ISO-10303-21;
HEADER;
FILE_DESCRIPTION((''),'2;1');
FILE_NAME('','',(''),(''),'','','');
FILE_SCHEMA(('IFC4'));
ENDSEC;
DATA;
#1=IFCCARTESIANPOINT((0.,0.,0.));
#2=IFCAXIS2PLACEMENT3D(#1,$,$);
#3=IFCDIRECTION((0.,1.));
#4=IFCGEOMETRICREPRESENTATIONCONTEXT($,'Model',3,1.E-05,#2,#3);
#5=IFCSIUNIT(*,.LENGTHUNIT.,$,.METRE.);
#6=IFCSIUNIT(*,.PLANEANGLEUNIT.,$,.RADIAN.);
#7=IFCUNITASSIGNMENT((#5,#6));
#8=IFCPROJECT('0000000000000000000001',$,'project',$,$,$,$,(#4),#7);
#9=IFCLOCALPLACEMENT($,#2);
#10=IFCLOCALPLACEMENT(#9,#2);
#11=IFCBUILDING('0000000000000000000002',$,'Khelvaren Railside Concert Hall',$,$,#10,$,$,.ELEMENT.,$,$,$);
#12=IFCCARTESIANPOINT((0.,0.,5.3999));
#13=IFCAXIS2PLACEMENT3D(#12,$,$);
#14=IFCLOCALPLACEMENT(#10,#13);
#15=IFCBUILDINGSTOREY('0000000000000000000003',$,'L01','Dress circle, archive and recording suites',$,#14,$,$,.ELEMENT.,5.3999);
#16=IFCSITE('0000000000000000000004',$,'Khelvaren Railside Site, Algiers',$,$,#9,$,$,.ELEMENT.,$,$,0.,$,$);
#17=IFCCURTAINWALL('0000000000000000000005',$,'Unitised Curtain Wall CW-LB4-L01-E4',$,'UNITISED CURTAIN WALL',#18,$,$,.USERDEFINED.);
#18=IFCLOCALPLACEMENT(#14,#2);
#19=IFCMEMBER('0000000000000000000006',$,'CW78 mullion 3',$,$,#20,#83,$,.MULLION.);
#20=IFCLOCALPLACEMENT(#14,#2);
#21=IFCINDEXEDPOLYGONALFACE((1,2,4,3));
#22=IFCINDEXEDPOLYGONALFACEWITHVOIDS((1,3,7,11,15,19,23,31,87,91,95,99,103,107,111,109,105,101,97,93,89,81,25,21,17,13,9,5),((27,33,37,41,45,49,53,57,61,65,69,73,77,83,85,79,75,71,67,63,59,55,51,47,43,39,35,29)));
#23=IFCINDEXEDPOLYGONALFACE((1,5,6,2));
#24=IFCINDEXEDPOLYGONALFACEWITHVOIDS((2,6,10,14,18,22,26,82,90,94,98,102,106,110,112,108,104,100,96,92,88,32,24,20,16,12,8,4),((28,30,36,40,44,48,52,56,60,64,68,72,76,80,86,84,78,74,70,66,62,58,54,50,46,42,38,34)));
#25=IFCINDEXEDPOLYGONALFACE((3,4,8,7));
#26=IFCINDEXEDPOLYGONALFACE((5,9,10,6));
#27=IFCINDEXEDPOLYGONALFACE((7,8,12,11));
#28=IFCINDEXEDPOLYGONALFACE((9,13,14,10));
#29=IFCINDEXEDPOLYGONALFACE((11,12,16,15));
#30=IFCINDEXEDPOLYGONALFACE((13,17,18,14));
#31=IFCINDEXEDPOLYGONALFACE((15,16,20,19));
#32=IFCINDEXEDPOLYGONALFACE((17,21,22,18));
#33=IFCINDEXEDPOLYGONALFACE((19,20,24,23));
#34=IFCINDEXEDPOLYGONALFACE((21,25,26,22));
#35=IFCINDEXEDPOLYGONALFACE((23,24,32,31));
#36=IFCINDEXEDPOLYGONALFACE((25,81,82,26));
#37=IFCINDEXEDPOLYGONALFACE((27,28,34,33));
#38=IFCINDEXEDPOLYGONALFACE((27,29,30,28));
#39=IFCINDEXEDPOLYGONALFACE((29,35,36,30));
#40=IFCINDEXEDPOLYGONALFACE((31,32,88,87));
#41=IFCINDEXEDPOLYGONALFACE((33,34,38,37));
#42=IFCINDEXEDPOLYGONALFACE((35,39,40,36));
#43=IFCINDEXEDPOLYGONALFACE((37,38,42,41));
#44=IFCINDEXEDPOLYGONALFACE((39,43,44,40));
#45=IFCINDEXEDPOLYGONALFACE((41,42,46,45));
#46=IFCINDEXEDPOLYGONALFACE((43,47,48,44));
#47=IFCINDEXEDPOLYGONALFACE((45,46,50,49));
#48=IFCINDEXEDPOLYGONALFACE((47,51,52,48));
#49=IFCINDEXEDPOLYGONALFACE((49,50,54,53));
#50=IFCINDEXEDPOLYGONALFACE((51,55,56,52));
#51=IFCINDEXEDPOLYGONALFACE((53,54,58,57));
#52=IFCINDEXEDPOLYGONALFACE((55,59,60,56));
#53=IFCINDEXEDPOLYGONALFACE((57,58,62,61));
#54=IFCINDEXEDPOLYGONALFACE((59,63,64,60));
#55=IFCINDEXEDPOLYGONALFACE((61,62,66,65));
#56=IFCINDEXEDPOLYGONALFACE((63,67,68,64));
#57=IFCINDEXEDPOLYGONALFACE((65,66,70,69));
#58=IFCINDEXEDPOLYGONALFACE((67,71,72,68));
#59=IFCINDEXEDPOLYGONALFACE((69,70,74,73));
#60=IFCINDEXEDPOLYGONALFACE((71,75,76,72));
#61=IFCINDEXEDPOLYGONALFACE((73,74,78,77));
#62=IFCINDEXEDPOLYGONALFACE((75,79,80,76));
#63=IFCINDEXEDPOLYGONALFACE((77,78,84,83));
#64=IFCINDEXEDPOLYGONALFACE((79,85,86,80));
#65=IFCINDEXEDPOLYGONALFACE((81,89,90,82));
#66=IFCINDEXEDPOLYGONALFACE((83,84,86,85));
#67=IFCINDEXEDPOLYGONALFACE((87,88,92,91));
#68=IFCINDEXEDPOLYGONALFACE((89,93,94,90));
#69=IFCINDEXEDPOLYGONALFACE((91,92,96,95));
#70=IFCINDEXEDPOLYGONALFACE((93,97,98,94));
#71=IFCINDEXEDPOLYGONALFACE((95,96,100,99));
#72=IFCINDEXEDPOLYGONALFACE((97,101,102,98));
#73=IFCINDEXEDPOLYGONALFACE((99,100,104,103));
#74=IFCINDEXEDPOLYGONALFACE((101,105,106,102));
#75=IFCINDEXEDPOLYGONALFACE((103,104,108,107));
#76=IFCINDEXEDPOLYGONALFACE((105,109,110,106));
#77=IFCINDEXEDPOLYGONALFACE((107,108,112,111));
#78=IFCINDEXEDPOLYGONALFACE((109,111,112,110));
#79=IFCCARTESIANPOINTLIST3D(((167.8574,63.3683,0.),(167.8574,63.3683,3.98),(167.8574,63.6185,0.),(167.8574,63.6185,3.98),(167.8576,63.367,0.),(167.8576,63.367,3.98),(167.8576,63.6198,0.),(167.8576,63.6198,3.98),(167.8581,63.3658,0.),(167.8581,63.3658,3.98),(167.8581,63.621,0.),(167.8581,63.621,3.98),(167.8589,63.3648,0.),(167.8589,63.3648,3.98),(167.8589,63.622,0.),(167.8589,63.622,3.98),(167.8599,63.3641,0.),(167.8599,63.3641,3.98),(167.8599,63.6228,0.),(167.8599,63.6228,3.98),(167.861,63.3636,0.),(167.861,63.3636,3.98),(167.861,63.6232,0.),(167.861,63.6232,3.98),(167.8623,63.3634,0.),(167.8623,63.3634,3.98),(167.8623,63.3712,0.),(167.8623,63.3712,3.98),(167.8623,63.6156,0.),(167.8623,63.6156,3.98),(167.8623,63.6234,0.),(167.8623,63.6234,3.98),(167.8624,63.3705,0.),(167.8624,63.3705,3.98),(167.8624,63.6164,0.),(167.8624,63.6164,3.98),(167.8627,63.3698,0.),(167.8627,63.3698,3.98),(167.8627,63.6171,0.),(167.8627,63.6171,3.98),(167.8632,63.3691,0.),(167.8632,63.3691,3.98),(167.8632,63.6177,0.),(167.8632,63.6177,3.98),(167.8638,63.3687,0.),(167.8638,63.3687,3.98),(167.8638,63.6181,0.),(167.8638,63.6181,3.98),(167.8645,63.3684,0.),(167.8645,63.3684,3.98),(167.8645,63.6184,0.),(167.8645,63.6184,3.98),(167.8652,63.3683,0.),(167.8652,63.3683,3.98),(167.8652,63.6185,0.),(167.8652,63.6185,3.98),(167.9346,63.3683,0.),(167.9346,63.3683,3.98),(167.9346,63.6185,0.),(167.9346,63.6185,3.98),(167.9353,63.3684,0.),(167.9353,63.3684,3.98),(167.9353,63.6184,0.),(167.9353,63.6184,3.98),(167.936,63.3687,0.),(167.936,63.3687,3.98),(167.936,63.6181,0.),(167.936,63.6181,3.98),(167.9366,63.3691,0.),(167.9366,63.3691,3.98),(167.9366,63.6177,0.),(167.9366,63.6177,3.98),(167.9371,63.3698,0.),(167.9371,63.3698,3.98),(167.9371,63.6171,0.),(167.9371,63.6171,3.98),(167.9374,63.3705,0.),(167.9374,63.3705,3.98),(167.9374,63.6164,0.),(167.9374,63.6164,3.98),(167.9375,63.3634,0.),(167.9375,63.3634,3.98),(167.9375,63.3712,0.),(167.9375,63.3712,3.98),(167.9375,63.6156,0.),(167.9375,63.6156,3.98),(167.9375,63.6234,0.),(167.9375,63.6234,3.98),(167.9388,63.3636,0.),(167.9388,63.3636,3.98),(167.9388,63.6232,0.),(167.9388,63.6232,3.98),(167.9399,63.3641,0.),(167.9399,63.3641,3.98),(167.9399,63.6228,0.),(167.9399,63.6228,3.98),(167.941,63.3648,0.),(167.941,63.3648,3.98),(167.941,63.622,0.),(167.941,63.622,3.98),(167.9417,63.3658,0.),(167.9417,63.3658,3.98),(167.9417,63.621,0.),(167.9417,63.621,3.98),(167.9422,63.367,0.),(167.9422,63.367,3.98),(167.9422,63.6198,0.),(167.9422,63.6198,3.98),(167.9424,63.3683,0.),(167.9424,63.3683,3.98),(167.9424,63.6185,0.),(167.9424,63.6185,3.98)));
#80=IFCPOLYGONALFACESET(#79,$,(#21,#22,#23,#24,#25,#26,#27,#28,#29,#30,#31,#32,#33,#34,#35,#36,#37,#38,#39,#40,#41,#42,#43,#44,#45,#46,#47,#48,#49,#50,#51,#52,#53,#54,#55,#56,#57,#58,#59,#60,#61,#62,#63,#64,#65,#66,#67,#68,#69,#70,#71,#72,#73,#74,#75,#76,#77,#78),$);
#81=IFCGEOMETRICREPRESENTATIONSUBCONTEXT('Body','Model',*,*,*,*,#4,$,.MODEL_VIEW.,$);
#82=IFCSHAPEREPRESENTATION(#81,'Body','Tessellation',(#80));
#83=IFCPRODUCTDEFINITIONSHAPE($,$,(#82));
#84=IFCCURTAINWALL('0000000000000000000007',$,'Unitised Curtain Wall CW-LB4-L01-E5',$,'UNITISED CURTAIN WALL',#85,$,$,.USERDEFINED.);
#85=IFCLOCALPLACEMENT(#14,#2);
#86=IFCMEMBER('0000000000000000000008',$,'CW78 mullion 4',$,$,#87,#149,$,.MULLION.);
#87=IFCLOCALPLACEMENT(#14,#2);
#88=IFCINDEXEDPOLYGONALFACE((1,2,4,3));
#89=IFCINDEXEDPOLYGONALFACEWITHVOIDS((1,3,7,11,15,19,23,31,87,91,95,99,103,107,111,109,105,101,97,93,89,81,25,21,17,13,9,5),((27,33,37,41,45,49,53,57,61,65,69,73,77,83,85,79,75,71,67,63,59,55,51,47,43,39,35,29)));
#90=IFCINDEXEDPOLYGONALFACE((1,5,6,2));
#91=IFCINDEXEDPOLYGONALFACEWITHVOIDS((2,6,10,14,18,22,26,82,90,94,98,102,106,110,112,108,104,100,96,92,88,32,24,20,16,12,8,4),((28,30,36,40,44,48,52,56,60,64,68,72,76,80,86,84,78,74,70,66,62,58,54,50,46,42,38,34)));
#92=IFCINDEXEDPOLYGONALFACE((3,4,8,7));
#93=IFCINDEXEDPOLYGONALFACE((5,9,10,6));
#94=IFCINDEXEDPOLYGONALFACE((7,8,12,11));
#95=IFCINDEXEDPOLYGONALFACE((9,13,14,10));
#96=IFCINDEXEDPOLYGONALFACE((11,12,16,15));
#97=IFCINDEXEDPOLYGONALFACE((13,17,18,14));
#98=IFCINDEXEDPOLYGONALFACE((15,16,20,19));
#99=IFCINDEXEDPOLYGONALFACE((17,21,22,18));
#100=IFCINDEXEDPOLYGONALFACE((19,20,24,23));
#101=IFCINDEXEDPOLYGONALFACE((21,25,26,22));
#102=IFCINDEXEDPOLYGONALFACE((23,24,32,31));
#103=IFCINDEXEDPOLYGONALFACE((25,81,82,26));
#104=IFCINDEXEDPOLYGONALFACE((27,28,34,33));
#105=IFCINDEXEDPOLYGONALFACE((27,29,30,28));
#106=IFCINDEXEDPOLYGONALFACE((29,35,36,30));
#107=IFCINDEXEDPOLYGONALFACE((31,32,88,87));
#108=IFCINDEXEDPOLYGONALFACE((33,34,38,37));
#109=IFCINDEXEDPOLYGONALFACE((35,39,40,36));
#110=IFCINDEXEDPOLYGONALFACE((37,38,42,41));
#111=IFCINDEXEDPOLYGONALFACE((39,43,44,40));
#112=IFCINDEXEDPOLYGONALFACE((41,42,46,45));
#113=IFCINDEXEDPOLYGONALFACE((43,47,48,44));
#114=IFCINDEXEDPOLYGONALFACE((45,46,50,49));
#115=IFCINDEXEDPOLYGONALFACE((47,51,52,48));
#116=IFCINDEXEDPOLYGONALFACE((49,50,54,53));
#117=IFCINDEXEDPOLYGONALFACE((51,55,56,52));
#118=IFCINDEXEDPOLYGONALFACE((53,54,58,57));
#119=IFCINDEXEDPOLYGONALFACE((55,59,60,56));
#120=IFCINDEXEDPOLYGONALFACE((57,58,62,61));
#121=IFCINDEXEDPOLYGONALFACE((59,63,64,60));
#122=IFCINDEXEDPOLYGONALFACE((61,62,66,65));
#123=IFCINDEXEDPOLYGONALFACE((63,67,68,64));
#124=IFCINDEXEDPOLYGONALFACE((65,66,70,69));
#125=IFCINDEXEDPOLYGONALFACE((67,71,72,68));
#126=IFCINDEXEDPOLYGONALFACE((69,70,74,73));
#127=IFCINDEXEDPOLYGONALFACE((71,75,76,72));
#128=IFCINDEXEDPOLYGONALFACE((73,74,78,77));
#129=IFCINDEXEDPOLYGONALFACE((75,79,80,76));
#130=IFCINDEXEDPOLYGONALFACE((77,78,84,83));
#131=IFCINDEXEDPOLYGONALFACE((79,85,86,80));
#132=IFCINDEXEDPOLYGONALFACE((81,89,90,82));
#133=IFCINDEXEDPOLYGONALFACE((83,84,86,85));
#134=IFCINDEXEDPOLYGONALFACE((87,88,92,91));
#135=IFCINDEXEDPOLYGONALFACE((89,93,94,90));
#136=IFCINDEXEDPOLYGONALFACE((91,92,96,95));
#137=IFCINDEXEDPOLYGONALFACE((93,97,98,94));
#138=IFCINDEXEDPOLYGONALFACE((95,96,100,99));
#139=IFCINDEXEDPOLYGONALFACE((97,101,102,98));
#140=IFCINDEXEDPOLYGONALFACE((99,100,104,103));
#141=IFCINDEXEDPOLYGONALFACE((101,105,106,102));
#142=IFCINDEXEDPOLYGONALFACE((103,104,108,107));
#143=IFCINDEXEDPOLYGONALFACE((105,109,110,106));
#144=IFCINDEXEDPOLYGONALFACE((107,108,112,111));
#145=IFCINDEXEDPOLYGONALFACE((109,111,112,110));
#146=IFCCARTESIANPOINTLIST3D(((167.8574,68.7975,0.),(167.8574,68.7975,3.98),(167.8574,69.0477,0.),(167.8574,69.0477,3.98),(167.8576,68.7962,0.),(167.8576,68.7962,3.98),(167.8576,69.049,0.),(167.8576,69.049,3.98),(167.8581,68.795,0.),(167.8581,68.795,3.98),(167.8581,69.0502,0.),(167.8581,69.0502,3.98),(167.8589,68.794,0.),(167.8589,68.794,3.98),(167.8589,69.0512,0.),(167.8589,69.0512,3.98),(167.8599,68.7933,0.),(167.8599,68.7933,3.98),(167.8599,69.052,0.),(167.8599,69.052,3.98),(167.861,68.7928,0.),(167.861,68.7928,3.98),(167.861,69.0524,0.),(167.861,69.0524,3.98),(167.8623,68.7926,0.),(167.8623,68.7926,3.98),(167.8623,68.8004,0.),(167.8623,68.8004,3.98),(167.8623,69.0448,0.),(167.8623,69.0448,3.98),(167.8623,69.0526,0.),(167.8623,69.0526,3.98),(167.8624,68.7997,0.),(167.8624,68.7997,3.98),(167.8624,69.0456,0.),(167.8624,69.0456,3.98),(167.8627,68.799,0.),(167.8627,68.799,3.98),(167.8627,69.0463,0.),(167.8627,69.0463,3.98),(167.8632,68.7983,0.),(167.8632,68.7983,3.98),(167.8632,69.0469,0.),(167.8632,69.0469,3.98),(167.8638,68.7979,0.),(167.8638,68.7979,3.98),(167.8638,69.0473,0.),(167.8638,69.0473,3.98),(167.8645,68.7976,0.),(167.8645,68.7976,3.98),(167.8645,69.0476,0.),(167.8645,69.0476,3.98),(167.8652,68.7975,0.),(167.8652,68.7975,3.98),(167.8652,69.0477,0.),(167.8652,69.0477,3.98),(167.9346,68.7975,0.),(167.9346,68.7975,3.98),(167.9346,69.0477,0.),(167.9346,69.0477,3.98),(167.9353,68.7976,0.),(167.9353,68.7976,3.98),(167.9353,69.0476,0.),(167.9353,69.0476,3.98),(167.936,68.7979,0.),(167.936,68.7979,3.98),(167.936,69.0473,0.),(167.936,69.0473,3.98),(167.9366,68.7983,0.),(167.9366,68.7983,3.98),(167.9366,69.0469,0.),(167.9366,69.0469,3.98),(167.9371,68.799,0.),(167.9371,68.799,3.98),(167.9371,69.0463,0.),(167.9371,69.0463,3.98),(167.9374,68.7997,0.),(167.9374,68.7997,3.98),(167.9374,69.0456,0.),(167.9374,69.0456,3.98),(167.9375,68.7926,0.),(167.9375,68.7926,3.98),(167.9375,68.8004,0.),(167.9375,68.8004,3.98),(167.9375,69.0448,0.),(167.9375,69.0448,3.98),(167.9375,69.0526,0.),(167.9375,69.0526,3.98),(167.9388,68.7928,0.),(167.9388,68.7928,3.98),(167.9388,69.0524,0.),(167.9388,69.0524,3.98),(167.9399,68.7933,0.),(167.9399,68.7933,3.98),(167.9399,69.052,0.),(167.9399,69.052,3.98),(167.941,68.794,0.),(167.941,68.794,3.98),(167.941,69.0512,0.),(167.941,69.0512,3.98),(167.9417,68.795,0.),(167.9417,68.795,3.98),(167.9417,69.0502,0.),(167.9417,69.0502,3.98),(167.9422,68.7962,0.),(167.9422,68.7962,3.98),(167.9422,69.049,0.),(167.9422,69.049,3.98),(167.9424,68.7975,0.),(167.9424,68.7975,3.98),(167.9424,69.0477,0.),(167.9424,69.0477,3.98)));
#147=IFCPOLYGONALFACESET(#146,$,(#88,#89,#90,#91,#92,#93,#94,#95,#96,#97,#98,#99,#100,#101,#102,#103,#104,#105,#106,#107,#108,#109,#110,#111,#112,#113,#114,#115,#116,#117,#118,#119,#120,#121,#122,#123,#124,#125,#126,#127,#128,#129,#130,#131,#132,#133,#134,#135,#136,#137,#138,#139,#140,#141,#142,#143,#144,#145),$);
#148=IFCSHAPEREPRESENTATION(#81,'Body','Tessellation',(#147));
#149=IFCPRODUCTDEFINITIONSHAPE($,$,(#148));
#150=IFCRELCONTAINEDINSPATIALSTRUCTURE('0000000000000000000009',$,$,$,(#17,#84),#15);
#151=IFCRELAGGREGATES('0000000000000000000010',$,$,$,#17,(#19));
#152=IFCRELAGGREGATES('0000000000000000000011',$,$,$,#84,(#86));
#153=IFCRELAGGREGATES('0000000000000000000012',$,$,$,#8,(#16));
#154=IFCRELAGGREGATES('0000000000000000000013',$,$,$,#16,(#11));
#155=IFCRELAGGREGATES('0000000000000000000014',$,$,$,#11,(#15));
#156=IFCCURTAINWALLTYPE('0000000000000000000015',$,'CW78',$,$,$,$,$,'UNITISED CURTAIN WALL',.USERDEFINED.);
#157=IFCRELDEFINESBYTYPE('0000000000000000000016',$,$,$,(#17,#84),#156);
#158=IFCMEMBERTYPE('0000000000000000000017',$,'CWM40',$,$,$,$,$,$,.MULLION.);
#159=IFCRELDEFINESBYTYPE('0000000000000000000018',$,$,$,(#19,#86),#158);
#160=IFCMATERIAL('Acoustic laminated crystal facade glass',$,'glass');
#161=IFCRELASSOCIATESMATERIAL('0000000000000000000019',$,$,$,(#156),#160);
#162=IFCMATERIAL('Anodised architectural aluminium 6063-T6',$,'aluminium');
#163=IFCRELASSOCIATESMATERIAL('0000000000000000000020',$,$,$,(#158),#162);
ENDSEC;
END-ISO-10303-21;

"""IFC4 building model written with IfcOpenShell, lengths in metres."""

from ifc_helpers import new_model, si_unit, direction, frame, origin, origin_2d, place, context, subcontext, project, spatial, hollow_rectangle, extrude, material, material_profile, profile_set, type_object, element, aggregate, save


model = new_model("IFC4")

# Units and contexts
model_context = context("Model", 3, precision=1e-05, world=origin(), true_north=direction((0.0, 1.0)))
body_context = subcontext(model_context, "Body", "Model", "MODEL_VIEW")
ifc_project = project(units=[si_unit("LENGTHUNIT", "METRE"), si_unit("PLANEANGLEUNIT", "RADIAN")], contexts=[model_context])

# Site, building, storey
site_placement = place(None, origin())
site = spatial("IfcSite", under=ifc_project, at=site_placement, Name="Khelvaren Railside Site, Algiers", CompositionType="ELEMENT", RefElevation=0.0)
building_placement = place(site_placement, origin())
building = spatial("IfcBuilding", under=site, at=building_placement, Name="Khelvaren Railside Concert Hall", CompositionType="ELEMENT")
storey_placement = place(building_placement, frame((0.0, 0.0, 5.3999)))
storey = spatial("IfcBuildingStorey", under=building, at=storey_placement, Name="L01", Description="Dress circle, archive and recording suites", CompositionType="ELEMENT", Elevation=5.3999)

# Curtain wall, member
ifc_material_1 = material(Name="Acoustic laminated crystal facade glass", Category="glass")
curtain_wall_type = type_object("IfcCurtainWallType", Name="CW78", ElementType="UNITISED CURTAIN WALL", PredefinedType="USERDEFINED", material=ifc_material_1)
curtain_wall_1_placement = place(storey_placement, origin())
curtain_wall_1 = element("IfcCurtainWall", 1, at=curtain_wall_1_placement, inside=storey, type_object=curtain_wall_type, Name="Unitised Curtain Wall CW-LB4-L01-E4", ObjectType="UNITISED CURTAIN WALL", PredefinedType="USERDEFINED")
ifc_material_2 = material(Name="Anodised architectural aluminium 6063-T6", Category="aluminium")
ifc_material_profile_1 = material_profile(ifc_material_2, hollow_rectangle(XDim=0.085, YDim=0.26, WallThickness=0.0049, InnerFilletRadius=0.0029, OuterFilletRadius=0.0049, at=origin_2d()), Name="CWM 85x260x5")
ifc_profile_set_1 = profile_set([ifc_material_profile_1], Name="Anodised architectural aluminium 6063-T6")
member_type_1 = type_object("IfcMemberType", Name="CWM40", PredefinedType="MULLION", material=ifc_profile_set_1)
member_1_placement = place(storey_placement, frame((167.8999, 63.4934, 0.0), z_axis=(0.0, 0.0, 1.0), x_axis=(1.0, 0.0, 0.0)))
member_1 = element("IfcMember", 2, at=member_1_placement, type_object=member_type_1, Name="CW78 mullion 3", PredefinedType="MULLION", context=body_context, shape_type="SweptSolid", body=[
    extrude(hollow_rectangle(XDim=0.085, YDim=0.26, WallThickness=0.0049, InnerFilletRadius=0.0029, OuterFilletRadius=0.0049, at=origin_2d()), origin(), (0.0, 0.0, 1.0), 3.98),
])

# Curtain wall, member
curtain_wall_2_placement = place(storey_placement, origin())
curtain_wall_2 = element("IfcCurtainWall", 3, at=curtain_wall_2_placement, inside=storey, type_object=curtain_wall_type, Name="Unitised Curtain Wall CW-LB4-L01-E5", ObjectType="UNITISED CURTAIN WALL", PredefinedType="USERDEFINED")
member_2_placement = place(storey_placement, frame((167.8999, 68.9226, 0.0), z_axis=(0.0, 0.0, 1.0), x_axis=(1.0, 0.0, 0.0)))
member_2 = element("IfcMember", 4, at=member_2_placement, type_object=member_type_1, Name="CW78 mullion 4", PredefinedType="MULLION", context=body_context, shape_type="SweptSolid", body=[
    extrude(hollow_rectangle(XDim=0.085, YDim=0.26, WallThickness=0.0049, InnerFilletRadius=0.0029, OuterFilletRadius=0.0049, at=origin_2d()), origin(), (0.0, 0.0, 1.0), 3.98),
])

aggregate(curtain_wall_1, [member_1])
aggregate(curtain_wall_2, [member_2])

save(model, "model.ifc")
